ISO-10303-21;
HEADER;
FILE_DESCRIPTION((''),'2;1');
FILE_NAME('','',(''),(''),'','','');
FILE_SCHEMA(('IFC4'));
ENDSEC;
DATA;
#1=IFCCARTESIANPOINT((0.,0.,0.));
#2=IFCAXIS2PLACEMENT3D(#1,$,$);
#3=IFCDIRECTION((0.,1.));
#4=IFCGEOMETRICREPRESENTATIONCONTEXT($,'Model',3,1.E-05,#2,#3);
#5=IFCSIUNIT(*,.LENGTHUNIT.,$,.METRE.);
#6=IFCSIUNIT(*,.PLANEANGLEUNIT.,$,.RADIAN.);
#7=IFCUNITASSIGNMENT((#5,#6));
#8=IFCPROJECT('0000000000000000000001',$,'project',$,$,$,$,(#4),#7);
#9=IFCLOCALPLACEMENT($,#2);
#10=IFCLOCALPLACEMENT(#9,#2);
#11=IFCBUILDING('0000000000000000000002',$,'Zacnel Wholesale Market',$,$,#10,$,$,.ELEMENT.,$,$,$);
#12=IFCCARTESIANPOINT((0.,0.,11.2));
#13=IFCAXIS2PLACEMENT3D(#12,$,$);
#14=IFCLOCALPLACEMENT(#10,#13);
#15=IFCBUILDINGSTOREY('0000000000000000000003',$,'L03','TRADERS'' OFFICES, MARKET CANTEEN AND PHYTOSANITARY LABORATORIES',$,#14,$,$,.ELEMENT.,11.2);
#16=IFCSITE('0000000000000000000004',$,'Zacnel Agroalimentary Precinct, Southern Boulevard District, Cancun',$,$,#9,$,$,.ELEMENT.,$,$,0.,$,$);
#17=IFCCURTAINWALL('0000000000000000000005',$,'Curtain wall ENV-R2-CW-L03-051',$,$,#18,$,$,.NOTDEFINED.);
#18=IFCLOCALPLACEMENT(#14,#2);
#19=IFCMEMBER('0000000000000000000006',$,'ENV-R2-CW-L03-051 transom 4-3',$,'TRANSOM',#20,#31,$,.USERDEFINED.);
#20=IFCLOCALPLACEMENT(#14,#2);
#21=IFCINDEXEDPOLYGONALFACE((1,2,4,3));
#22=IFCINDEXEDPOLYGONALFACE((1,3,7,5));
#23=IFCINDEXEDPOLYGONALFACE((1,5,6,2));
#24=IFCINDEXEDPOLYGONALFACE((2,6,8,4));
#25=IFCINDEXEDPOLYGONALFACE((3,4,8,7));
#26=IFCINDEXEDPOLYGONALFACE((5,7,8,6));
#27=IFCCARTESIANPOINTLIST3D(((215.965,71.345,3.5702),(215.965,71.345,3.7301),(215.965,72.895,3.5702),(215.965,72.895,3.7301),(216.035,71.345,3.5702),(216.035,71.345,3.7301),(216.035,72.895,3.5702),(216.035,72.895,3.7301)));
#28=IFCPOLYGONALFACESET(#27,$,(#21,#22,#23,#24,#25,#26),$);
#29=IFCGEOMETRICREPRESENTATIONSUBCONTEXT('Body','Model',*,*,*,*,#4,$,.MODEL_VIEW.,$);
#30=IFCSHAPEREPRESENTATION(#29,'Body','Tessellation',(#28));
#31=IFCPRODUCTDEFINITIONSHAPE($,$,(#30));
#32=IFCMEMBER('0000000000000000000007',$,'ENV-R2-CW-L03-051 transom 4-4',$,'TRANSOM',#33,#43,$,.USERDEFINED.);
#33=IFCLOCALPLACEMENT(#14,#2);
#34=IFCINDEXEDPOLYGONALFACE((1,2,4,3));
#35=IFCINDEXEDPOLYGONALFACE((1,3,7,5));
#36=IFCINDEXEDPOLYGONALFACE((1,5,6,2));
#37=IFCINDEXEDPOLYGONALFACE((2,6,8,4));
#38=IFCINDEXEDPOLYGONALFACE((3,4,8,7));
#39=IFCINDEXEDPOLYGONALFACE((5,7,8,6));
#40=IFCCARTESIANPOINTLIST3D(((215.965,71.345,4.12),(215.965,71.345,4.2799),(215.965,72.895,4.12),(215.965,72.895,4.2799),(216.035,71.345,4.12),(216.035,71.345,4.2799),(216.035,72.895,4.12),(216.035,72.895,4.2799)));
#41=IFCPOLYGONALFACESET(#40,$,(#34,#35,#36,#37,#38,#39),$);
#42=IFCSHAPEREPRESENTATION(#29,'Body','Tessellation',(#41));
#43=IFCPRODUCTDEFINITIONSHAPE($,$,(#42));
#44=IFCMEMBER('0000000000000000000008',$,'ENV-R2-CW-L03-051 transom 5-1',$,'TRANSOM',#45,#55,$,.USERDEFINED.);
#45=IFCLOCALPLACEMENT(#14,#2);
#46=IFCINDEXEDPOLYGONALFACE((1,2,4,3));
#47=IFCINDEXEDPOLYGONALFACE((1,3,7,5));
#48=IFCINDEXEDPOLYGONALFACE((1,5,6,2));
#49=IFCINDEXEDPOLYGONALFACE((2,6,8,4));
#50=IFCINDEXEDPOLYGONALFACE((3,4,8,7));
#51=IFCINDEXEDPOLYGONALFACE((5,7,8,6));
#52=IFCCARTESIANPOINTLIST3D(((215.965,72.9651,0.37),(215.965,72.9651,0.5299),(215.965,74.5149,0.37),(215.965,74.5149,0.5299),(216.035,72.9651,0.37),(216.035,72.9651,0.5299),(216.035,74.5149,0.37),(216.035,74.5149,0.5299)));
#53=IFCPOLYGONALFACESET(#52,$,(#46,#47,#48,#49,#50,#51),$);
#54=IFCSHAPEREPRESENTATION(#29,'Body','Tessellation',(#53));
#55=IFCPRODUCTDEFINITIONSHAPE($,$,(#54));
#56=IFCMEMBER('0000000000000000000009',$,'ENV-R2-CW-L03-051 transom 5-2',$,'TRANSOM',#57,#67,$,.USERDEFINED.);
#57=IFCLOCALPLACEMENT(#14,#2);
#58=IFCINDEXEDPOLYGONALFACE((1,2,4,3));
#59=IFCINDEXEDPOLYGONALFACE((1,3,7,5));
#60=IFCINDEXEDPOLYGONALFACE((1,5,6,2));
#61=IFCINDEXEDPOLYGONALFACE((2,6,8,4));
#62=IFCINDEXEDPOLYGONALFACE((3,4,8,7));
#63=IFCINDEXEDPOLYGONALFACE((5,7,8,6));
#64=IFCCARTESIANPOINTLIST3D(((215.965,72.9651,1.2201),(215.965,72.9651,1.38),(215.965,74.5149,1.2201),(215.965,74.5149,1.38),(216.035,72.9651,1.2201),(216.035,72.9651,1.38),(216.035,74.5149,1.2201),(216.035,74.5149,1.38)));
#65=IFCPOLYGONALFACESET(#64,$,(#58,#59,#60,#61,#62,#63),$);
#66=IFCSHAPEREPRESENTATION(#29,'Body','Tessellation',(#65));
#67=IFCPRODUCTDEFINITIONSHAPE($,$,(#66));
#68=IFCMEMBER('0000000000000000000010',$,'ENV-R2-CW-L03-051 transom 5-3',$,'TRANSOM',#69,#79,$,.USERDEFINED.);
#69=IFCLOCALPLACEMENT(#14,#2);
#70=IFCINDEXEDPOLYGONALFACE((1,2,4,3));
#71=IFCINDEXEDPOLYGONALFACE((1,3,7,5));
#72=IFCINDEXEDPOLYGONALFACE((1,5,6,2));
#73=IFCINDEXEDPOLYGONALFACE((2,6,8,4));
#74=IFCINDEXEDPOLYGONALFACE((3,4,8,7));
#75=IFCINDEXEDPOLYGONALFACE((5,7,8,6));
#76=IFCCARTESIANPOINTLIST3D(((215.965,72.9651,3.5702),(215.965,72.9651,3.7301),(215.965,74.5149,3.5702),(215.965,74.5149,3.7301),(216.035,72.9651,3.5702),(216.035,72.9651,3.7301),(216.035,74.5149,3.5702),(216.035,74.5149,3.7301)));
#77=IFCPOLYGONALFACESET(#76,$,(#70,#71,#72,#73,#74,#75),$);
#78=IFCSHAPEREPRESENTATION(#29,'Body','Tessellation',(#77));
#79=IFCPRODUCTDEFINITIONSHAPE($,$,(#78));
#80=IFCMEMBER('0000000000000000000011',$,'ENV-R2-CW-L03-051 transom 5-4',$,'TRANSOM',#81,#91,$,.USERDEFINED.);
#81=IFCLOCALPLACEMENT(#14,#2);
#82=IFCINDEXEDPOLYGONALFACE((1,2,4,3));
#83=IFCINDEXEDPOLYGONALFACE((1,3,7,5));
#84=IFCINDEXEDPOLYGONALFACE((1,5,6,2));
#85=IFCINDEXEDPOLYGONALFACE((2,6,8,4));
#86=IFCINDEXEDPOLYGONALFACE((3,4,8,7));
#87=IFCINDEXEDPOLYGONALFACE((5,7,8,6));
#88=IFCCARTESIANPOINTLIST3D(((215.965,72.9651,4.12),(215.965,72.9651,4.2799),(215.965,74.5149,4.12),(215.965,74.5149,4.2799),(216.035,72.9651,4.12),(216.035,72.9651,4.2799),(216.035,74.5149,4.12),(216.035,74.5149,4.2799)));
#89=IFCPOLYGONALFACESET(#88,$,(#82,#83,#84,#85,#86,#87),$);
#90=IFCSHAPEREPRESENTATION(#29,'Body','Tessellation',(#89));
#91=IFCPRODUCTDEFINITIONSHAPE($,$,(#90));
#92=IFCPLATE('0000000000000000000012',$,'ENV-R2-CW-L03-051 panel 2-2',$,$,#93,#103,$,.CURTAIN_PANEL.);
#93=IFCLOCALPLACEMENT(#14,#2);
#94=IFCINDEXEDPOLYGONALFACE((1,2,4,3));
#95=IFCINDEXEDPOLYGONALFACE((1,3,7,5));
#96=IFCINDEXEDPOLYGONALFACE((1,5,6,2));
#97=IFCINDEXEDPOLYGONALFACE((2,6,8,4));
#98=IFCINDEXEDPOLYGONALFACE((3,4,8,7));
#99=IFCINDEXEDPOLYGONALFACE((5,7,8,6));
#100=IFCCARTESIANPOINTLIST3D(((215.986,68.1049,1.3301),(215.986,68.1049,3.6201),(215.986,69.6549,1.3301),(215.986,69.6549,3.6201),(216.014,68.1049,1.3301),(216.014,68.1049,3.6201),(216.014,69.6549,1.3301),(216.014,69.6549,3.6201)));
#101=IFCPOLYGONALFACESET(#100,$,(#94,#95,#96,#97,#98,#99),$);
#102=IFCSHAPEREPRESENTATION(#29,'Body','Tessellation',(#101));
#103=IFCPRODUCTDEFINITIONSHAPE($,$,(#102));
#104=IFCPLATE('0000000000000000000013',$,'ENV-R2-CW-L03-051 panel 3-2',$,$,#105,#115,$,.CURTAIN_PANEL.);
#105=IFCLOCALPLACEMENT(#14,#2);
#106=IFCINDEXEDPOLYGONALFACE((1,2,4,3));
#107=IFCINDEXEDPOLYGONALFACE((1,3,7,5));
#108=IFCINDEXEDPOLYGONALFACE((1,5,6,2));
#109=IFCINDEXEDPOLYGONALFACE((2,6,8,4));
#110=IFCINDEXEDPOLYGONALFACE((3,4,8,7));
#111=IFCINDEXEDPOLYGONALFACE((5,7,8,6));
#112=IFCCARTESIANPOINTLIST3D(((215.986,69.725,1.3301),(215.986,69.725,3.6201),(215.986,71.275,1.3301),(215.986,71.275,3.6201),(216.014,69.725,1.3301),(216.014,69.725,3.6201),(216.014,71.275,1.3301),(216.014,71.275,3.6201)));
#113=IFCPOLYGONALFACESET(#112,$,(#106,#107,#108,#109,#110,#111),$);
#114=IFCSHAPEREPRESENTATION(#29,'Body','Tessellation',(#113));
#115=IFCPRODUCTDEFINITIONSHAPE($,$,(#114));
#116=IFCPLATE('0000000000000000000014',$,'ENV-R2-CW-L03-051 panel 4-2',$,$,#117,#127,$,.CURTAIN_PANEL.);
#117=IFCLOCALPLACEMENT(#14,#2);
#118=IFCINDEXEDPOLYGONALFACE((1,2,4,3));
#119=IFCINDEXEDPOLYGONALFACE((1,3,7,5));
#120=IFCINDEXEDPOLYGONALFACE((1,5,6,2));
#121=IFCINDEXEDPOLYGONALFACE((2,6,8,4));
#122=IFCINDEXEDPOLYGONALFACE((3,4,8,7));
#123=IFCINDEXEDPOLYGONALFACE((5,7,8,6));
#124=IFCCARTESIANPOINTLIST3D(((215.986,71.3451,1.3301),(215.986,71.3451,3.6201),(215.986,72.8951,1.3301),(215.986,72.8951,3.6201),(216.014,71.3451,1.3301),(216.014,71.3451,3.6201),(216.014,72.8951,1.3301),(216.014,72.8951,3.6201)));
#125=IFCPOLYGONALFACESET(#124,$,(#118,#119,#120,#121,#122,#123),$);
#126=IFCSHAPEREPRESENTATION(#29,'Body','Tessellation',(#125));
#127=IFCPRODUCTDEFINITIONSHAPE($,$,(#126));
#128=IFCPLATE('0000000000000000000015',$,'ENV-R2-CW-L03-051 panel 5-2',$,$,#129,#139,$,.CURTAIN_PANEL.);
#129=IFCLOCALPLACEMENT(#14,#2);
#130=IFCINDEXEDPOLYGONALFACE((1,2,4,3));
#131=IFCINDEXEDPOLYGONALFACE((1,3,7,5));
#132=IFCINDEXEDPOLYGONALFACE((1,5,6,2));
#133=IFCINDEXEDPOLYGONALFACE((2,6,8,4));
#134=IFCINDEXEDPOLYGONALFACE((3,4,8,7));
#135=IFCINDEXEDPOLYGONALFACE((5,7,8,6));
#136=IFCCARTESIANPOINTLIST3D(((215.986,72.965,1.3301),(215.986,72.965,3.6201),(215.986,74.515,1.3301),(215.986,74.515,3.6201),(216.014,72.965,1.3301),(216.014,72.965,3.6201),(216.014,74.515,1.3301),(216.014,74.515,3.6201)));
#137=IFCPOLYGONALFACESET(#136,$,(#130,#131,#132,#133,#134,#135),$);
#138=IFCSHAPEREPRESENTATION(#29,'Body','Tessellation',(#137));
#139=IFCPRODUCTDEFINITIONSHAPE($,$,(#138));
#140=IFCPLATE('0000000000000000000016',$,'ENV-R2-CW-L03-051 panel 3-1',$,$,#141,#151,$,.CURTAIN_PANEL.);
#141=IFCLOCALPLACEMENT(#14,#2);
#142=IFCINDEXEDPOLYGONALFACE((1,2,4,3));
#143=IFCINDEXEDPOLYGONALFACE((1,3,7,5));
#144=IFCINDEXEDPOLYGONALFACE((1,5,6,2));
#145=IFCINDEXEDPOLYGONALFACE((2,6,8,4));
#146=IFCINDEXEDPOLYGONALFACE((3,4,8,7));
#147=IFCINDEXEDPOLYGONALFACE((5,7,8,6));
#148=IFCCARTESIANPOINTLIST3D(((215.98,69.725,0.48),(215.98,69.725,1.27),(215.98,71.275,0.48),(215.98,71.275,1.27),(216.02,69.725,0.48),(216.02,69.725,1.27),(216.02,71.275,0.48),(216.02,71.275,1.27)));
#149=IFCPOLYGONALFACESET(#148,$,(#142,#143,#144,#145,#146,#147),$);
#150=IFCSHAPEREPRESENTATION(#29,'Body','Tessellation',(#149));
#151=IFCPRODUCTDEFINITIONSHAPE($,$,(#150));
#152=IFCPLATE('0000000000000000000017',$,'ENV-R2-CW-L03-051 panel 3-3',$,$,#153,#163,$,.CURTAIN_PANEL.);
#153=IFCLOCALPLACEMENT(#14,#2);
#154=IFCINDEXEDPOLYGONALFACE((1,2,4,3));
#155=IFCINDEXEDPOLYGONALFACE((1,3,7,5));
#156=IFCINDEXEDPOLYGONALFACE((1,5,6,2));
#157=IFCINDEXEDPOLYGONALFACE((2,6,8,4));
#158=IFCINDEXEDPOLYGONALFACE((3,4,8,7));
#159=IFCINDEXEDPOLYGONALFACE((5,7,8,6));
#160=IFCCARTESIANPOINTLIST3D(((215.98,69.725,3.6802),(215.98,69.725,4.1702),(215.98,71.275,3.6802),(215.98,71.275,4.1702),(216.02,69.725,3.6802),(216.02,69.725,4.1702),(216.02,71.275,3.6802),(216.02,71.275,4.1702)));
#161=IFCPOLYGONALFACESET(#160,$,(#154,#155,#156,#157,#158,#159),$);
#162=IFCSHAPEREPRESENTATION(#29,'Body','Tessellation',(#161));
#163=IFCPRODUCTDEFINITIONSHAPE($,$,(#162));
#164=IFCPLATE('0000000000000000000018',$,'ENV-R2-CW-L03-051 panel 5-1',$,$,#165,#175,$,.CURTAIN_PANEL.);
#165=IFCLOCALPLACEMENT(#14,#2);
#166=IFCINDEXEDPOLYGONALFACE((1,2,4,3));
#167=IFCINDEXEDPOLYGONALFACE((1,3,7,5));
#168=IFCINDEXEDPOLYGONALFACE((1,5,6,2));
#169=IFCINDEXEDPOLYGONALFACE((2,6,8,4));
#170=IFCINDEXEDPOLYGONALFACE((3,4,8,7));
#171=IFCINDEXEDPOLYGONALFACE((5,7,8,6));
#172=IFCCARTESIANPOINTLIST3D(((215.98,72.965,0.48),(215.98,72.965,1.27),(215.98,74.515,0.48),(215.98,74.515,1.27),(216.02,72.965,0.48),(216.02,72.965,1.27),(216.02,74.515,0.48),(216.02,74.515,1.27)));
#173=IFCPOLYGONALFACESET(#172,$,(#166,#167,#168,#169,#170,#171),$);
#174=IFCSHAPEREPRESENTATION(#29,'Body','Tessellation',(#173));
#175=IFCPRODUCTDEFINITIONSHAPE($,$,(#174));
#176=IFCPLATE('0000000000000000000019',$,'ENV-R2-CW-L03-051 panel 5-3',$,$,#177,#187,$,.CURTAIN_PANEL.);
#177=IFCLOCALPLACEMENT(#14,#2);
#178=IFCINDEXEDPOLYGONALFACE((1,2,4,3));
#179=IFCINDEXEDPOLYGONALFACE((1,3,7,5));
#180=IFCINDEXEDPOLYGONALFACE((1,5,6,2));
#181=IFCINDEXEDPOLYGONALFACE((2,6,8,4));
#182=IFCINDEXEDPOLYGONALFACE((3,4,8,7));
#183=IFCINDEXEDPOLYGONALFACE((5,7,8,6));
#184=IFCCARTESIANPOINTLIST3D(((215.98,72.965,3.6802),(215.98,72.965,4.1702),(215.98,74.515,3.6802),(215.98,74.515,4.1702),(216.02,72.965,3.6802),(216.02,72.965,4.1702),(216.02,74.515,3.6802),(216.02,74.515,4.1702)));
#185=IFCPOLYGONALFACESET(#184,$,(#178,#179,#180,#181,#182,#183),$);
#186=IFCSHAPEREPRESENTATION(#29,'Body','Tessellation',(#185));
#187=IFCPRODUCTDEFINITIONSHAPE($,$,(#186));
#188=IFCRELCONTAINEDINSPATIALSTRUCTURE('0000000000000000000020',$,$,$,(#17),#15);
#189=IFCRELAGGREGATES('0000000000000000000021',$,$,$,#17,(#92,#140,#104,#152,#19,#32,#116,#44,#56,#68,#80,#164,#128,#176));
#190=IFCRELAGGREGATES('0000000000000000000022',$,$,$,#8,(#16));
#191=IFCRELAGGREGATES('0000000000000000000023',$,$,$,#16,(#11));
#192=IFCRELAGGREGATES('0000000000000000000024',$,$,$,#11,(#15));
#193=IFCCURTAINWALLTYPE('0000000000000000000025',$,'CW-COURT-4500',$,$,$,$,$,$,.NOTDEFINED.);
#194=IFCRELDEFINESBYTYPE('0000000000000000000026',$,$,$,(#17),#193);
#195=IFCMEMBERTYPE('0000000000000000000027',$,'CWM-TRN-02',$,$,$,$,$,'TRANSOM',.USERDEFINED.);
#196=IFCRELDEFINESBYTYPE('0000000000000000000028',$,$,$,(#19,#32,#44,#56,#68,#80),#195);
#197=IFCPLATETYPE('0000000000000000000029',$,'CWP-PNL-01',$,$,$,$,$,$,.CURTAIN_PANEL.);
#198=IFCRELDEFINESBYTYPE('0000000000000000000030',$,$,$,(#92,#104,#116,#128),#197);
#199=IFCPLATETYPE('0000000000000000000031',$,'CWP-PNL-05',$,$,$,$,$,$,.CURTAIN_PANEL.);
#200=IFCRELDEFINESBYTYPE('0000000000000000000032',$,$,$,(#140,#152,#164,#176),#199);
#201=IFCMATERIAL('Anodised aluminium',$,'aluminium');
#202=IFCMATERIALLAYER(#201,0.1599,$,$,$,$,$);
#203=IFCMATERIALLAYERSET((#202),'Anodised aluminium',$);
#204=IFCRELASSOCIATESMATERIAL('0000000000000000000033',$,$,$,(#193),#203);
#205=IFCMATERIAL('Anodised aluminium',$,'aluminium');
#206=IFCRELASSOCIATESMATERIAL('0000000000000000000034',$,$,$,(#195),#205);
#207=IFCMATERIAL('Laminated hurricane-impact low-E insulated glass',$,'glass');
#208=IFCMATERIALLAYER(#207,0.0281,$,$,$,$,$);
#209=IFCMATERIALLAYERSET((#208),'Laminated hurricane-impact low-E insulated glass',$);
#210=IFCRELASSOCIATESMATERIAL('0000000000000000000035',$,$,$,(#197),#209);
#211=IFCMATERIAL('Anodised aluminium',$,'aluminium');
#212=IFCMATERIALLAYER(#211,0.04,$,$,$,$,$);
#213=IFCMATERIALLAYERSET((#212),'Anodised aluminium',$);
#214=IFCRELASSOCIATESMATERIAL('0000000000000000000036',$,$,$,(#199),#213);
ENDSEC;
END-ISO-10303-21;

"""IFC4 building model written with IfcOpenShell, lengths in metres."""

from ifc_helpers import new_model, si_unit, direction, frame, origin, origin_2d, place, context, subcontext, project, spatial, rectangle, extrude, material, layer, layer_set, material_profile, profile_set, type_object, element, aggregate, save


model = new_model("IFC4")

# Units and contexts
model_context = context("Model", 3, precision=1e-05, world=origin(), true_north=direction((0.0, 1.0)))
body_context = subcontext(model_context, "Body", "Model", "MODEL_VIEW")
ifc_project = project(units=[si_unit("LENGTHUNIT", "METRE"), si_unit("PLANEANGLEUNIT", "RADIAN")], contexts=[model_context])

# Site, building, storey
site_placement = place(None, origin())
site = spatial("IfcSite", under=ifc_project, at=site_placement, Name="Zacnel Agroalimentary Precinct, Southern Boulevard District, Cancun", CompositionType="ELEMENT", RefElevation=0.0)
building_placement = place(site_placement, origin())
building = spatial("IfcBuilding", under=site, at=building_placement, Name="Zacnel Wholesale Market", CompositionType="ELEMENT")
storey_placement = place(building_placement, frame((0.0, 0.0, 11.2)))
storey = spatial("IfcBuildingStorey", under=building, at=storey_placement, Name="L03", Description="TRADERS' OFFICES, MARKET CANTEEN AND PHYTOSANITARY LABORATORIES", CompositionType="ELEMENT", Elevation=11.2)

# Curtain wall, members, plates
ifc_material_1 = material(Name="Anodised aluminium", Category="aluminium")
ifc_layer_1 = layer(ifc_material_1, 0.1599)
ifc_layer_set_1 = layer_set([ifc_layer_1], Name="Anodised aluminium")
curtain_wall_type = type_object("IfcCurtainWallType", Name="CW-COURT-4500", PredefinedType="NOTDEFINED", material=ifc_layer_set_1)
curtain_wall_placement = place(storey_placement, origin())
curtain_wall = element("IfcCurtainWall", 1, at=curtain_wall_placement, inside=storey, type_object=curtain_wall_type, Name="Curtain wall ENV-R2-CW-L03-051", PredefinedType="NOTDEFINED")
ifc_material_2 = material(Name="Anodised aluminium", Category="aluminium")
ifc_material_profile_1 = material_profile(ifc_material_2, rectangle(XDim=0.0701, YDim=0.1599, at=origin_2d()), Name="AW-TRANSOM 70x160")
ifc_profile_set_1 = profile_set([ifc_material_profile_1], Name="Anodised aluminium")
member_type_1 = type_object("IfcMemberType", Name="CWM-TRN-02", ElementType="TRANSOM", PredefinedType="USERDEFINED", material=ifc_profile_set_1)
member_1_placement = place(storey_placement, frame((216.0, 71.345, 3.6501), z_axis=(0.0, 1.0, 0.0), x_axis=(-1.0, 0.0, 0.0)))
member_1 = element("IfcMember", 2, at=member_1_placement, type_object=member_type_1, Name="ENV-R2-CW-L03-051 transom 4-3", ObjectType="TRANSOM", PredefinedType="USERDEFINED", context=body_context, shape_type="SweptSolid", body=[
    extrude(rectangle(XDim=0.0701, YDim=0.1599, at=origin_2d()), origin(), (0.0, 0.0, 1.0), 1.55),
])
member_2_placement = place(storey_placement, frame((216.0, 71.345, 4.2), z_axis=(0.0, 1.0, 0.0), x_axis=(-1.0, 0.0, 0.0)))
member_2 = element("IfcMember", 3, at=member_2_placement, type_object=member_type_1, Name="ENV-R2-CW-L03-051 transom 4-4", ObjectType="TRANSOM", PredefinedType="USERDEFINED", context=body_context, shape_type="SweptSolid", body=[
    extrude(rectangle(XDim=0.0701, YDim=0.1599, at=origin_2d()), origin(), (0.0, 0.0, 1.0), 1.55),
])
member_3_placement = place(storey_placement, frame((216.0, 72.9651, 0.45), z_axis=(0.0, 1.0, 0.0), x_axis=(-1.0, 0.0, 0.0)))
member_3 = element("IfcMember", 4, at=member_3_placement, type_object=member_type_1, Name="ENV-R2-CW-L03-051 transom 5-1", ObjectType="TRANSOM", PredefinedType="USERDEFINED", context=body_context, shape_type="SweptSolid", body=[
    extrude(rectangle(XDim=0.0701, YDim=0.1599, at=origin_2d()), origin(), (0.0, 0.0, 1.0), 1.5498),
])
member_4_placement = place(storey_placement, frame((216.0, 72.9651, 1.3), z_axis=(0.0, 1.0, 0.0), x_axis=(-1.0, 0.0, 0.0)))
member_4 = element("IfcMember", 5, at=member_4_placement, type_object=member_type_1, Name="ENV-R2-CW-L03-051 transom 5-2", ObjectType="TRANSOM", PredefinedType="USERDEFINED", context=body_context, shape_type="SweptSolid", body=[
    extrude(rectangle(XDim=0.0701, YDim=0.1599, at=origin_2d()), origin(), (0.0, 0.0, 1.0), 1.5498),
])
member_5_placement = place(storey_placement, frame((216.0, 72.9651, 3.6501), z_axis=(0.0, 1.0, 0.0), x_axis=(-1.0, 0.0, 0.0)))
member_5 = element("IfcMember", 6, at=member_5_placement, type_object=member_type_1, Name="ENV-R2-CW-L03-051 transom 5-3", ObjectType="TRANSOM", PredefinedType="USERDEFINED", context=body_context, shape_type="SweptSolid", body=[
    extrude(rectangle(XDim=0.0701, YDim=0.1599, at=origin_2d()), origin(), (0.0, 0.0, 1.0), 1.5498),
])
member_6_placement = place(storey_placement, frame((216.0, 72.9651, 4.2), z_axis=(0.0, 1.0, 0.0), x_axis=(-1.0, 0.0, 0.0)))
member_6 = element("IfcMember", 7, at=member_6_placement, type_object=member_type_1, Name="ENV-R2-CW-L03-051 transom 5-4", ObjectType="TRANSOM", PredefinedType="USERDEFINED", context=body_context, shape_type="SweptSolid", body=[
    extrude(rectangle(XDim=0.0701, YDim=0.1599, at=origin_2d()), origin(), (0.0, 0.0, 1.0), 1.5498),
])
ifc_material_3 = material(Name="Laminated hurricane-impact low-E insulated glass", Category="glass")
ifc_layer_2 = layer(ifc_material_3, 0.0281)
ifc_layer_set_2 = layer_set([ifc_layer_2], Name="Laminated hurricane-impact low-E insulated glass")
plate_type_1 = type_object("IfcPlateType", Name="CWP-PNL-01", PredefinedType="CURTAIN_PANEL", material=ifc_layer_set_2)
plate_1_placement = place(storey_placement, frame((216.0, 68.8799, 1.3301), z_axis=(0.0, 0.0, 1.0), x_axis=(0.0, 1.0, 0.0)))
plate_1 = element("IfcPlate", 8, at=plate_1_placement, type_object=plate_type_1, Name="ENV-R2-CW-L03-051 panel 2-2", PredefinedType="CURTAIN_PANEL", context=body_context, shape_type="SweptSolid", body=[
    extrude(rectangle(XDim=1.55, YDim=0.0281, at=origin_2d()), origin(), (0.0, 0.0, 1.0), 2.29),
])
plate_2_placement = place(storey_placement, frame((216.0, 70.5, 1.3301), z_axis=(0.0, 0.0, 1.0), x_axis=(0.0, 1.0, 0.0)))
plate_2 = element("IfcPlate", 9, at=plate_2_placement, type_object=plate_type_1, Name="ENV-R2-CW-L03-051 panel 3-2", PredefinedType="CURTAIN_PANEL", context=body_context, shape_type="SweptSolid", body=[
    extrude(rectangle(XDim=1.55, YDim=0.0281, at=origin_2d()), origin(), (0.0, 0.0, 1.0), 2.29),
])
plate_3_placement = place(storey_placement, frame((216.0, 72.1201, 1.3301), z_axis=(0.0, 0.0, 1.0), x_axis=(0.0, 1.0, 0.0)))
plate_3 = element("IfcPlate", 10, at=plate_3_placement, type_object=plate_type_1, Name="ENV-R2-CW-L03-051 panel 4-2", PredefinedType="CURTAIN_PANEL", context=body_context, shape_type="SweptSolid", body=[
    extrude(rectangle(XDim=1.55, YDim=0.0281, at=origin_2d()), origin(), (0.0, 0.0, 1.0), 2.29),
])
plate_4_placement = place(storey_placement, frame((216.0, 73.74, 1.3301), z_axis=(0.0, 0.0, 1.0), x_axis=(0.0, 1.0, 0.0)))
plate_4 = element("IfcPlate", 11, at=plate_4_placement, type_object=plate_type_1, Name="ENV-R2-CW-L03-051 panel 5-2", PredefinedType="CURTAIN_PANEL", context=body_context, shape_type="SweptSolid", body=[
    extrude(rectangle(XDim=1.55, YDim=0.0281, at=origin_2d()), origin(), (0.0, 0.0, 1.0), 2.29),
])
ifc_material_4 = material(Name="Anodised aluminium", Category="aluminium")
ifc_layer_3 = layer(ifc_material_4, 0.04)
ifc_layer_set_3 = layer_set([ifc_layer_3], Name="Anodised aluminium")
plate_type_2 = type_object("IfcPlateType", Name="CWP-PNL-05", PredefinedType="CURTAIN_PANEL", material=ifc_layer_set_3)
plate_5_placement = place(storey_placement, frame((216.0, 70.5, 0.48), z_axis=(0.0, 0.0, 1.0), x_axis=(0.0, 1.0, 0.0)))
plate_5 = element("IfcPlate", 12, at=plate_5_placement, type_object=plate_type_2, Name="ENV-R2-CW-L03-051 panel 3-1", PredefinedType="CURTAIN_PANEL", context=body_context, shape_type="SweptSolid", body=[
    extrude(rectangle(XDim=1.55, YDim=0.04, at=origin_2d()), origin(), (0.0, 0.0, 1.0), 0.79),
])
plate_6_placement = place(storey_placement, frame((216.0, 70.5, 3.6802), z_axis=(0.0, 0.0, 1.0), x_axis=(0.0, 1.0, 0.0)))
plate_6 = element("IfcPlate", 13, at=plate_6_placement, type_object=plate_type_2, Name="ENV-R2-CW-L03-051 panel 3-3", PredefinedType="CURTAIN_PANEL", context=body_context, shape_type="SweptSolid", body=[
    extrude(rectangle(XDim=1.55, YDim=0.04, at=origin_2d()), origin(), (0.0, 0.0, 1.0), 0.49),
])
plate_7_placement = place(storey_placement, frame((216.0, 73.74, 0.48), z_axis=(0.0, 0.0, 1.0), x_axis=(0.0, 1.0, 0.0)))
plate_7 = element("IfcPlate", 14, at=plate_7_placement, type_object=plate_type_2, Name="ENV-R2-CW-L03-051 panel 5-1", PredefinedType="CURTAIN_PANEL", context=body_context, shape_type="SweptSolid", body=[
    extrude(rectangle(XDim=1.55, YDim=0.04, at=origin_2d()), origin(), (0.0, 0.0, 1.0), 0.79),
])
plate_8_placement = place(storey_placement, frame((216.0, 73.74, 3.6802), z_axis=(0.0, 0.0, 1.0), x_axis=(0.0, 1.0, 0.0)))
plate_8 = element("IfcPlate", 15, at=plate_8_placement, type_object=plate_type_2, Name="ENV-R2-CW-L03-051 panel 5-3", PredefinedType="CURTAIN_PANEL", context=body_context, shape_type="SweptSolid", body=[
    extrude(rectangle(XDim=1.55, YDim=0.04, at=origin_2d()), origin(), (0.0, 0.0, 1.0), 0.49),
])
aggregate(curtain_wall, [plate_1, plate_5, plate_2, plate_6, member_1, member_2, plate_3, member_3, member_4, member_5, member_6, plate_7, plate_4, plate_8])

save(model, "model.ifc")
